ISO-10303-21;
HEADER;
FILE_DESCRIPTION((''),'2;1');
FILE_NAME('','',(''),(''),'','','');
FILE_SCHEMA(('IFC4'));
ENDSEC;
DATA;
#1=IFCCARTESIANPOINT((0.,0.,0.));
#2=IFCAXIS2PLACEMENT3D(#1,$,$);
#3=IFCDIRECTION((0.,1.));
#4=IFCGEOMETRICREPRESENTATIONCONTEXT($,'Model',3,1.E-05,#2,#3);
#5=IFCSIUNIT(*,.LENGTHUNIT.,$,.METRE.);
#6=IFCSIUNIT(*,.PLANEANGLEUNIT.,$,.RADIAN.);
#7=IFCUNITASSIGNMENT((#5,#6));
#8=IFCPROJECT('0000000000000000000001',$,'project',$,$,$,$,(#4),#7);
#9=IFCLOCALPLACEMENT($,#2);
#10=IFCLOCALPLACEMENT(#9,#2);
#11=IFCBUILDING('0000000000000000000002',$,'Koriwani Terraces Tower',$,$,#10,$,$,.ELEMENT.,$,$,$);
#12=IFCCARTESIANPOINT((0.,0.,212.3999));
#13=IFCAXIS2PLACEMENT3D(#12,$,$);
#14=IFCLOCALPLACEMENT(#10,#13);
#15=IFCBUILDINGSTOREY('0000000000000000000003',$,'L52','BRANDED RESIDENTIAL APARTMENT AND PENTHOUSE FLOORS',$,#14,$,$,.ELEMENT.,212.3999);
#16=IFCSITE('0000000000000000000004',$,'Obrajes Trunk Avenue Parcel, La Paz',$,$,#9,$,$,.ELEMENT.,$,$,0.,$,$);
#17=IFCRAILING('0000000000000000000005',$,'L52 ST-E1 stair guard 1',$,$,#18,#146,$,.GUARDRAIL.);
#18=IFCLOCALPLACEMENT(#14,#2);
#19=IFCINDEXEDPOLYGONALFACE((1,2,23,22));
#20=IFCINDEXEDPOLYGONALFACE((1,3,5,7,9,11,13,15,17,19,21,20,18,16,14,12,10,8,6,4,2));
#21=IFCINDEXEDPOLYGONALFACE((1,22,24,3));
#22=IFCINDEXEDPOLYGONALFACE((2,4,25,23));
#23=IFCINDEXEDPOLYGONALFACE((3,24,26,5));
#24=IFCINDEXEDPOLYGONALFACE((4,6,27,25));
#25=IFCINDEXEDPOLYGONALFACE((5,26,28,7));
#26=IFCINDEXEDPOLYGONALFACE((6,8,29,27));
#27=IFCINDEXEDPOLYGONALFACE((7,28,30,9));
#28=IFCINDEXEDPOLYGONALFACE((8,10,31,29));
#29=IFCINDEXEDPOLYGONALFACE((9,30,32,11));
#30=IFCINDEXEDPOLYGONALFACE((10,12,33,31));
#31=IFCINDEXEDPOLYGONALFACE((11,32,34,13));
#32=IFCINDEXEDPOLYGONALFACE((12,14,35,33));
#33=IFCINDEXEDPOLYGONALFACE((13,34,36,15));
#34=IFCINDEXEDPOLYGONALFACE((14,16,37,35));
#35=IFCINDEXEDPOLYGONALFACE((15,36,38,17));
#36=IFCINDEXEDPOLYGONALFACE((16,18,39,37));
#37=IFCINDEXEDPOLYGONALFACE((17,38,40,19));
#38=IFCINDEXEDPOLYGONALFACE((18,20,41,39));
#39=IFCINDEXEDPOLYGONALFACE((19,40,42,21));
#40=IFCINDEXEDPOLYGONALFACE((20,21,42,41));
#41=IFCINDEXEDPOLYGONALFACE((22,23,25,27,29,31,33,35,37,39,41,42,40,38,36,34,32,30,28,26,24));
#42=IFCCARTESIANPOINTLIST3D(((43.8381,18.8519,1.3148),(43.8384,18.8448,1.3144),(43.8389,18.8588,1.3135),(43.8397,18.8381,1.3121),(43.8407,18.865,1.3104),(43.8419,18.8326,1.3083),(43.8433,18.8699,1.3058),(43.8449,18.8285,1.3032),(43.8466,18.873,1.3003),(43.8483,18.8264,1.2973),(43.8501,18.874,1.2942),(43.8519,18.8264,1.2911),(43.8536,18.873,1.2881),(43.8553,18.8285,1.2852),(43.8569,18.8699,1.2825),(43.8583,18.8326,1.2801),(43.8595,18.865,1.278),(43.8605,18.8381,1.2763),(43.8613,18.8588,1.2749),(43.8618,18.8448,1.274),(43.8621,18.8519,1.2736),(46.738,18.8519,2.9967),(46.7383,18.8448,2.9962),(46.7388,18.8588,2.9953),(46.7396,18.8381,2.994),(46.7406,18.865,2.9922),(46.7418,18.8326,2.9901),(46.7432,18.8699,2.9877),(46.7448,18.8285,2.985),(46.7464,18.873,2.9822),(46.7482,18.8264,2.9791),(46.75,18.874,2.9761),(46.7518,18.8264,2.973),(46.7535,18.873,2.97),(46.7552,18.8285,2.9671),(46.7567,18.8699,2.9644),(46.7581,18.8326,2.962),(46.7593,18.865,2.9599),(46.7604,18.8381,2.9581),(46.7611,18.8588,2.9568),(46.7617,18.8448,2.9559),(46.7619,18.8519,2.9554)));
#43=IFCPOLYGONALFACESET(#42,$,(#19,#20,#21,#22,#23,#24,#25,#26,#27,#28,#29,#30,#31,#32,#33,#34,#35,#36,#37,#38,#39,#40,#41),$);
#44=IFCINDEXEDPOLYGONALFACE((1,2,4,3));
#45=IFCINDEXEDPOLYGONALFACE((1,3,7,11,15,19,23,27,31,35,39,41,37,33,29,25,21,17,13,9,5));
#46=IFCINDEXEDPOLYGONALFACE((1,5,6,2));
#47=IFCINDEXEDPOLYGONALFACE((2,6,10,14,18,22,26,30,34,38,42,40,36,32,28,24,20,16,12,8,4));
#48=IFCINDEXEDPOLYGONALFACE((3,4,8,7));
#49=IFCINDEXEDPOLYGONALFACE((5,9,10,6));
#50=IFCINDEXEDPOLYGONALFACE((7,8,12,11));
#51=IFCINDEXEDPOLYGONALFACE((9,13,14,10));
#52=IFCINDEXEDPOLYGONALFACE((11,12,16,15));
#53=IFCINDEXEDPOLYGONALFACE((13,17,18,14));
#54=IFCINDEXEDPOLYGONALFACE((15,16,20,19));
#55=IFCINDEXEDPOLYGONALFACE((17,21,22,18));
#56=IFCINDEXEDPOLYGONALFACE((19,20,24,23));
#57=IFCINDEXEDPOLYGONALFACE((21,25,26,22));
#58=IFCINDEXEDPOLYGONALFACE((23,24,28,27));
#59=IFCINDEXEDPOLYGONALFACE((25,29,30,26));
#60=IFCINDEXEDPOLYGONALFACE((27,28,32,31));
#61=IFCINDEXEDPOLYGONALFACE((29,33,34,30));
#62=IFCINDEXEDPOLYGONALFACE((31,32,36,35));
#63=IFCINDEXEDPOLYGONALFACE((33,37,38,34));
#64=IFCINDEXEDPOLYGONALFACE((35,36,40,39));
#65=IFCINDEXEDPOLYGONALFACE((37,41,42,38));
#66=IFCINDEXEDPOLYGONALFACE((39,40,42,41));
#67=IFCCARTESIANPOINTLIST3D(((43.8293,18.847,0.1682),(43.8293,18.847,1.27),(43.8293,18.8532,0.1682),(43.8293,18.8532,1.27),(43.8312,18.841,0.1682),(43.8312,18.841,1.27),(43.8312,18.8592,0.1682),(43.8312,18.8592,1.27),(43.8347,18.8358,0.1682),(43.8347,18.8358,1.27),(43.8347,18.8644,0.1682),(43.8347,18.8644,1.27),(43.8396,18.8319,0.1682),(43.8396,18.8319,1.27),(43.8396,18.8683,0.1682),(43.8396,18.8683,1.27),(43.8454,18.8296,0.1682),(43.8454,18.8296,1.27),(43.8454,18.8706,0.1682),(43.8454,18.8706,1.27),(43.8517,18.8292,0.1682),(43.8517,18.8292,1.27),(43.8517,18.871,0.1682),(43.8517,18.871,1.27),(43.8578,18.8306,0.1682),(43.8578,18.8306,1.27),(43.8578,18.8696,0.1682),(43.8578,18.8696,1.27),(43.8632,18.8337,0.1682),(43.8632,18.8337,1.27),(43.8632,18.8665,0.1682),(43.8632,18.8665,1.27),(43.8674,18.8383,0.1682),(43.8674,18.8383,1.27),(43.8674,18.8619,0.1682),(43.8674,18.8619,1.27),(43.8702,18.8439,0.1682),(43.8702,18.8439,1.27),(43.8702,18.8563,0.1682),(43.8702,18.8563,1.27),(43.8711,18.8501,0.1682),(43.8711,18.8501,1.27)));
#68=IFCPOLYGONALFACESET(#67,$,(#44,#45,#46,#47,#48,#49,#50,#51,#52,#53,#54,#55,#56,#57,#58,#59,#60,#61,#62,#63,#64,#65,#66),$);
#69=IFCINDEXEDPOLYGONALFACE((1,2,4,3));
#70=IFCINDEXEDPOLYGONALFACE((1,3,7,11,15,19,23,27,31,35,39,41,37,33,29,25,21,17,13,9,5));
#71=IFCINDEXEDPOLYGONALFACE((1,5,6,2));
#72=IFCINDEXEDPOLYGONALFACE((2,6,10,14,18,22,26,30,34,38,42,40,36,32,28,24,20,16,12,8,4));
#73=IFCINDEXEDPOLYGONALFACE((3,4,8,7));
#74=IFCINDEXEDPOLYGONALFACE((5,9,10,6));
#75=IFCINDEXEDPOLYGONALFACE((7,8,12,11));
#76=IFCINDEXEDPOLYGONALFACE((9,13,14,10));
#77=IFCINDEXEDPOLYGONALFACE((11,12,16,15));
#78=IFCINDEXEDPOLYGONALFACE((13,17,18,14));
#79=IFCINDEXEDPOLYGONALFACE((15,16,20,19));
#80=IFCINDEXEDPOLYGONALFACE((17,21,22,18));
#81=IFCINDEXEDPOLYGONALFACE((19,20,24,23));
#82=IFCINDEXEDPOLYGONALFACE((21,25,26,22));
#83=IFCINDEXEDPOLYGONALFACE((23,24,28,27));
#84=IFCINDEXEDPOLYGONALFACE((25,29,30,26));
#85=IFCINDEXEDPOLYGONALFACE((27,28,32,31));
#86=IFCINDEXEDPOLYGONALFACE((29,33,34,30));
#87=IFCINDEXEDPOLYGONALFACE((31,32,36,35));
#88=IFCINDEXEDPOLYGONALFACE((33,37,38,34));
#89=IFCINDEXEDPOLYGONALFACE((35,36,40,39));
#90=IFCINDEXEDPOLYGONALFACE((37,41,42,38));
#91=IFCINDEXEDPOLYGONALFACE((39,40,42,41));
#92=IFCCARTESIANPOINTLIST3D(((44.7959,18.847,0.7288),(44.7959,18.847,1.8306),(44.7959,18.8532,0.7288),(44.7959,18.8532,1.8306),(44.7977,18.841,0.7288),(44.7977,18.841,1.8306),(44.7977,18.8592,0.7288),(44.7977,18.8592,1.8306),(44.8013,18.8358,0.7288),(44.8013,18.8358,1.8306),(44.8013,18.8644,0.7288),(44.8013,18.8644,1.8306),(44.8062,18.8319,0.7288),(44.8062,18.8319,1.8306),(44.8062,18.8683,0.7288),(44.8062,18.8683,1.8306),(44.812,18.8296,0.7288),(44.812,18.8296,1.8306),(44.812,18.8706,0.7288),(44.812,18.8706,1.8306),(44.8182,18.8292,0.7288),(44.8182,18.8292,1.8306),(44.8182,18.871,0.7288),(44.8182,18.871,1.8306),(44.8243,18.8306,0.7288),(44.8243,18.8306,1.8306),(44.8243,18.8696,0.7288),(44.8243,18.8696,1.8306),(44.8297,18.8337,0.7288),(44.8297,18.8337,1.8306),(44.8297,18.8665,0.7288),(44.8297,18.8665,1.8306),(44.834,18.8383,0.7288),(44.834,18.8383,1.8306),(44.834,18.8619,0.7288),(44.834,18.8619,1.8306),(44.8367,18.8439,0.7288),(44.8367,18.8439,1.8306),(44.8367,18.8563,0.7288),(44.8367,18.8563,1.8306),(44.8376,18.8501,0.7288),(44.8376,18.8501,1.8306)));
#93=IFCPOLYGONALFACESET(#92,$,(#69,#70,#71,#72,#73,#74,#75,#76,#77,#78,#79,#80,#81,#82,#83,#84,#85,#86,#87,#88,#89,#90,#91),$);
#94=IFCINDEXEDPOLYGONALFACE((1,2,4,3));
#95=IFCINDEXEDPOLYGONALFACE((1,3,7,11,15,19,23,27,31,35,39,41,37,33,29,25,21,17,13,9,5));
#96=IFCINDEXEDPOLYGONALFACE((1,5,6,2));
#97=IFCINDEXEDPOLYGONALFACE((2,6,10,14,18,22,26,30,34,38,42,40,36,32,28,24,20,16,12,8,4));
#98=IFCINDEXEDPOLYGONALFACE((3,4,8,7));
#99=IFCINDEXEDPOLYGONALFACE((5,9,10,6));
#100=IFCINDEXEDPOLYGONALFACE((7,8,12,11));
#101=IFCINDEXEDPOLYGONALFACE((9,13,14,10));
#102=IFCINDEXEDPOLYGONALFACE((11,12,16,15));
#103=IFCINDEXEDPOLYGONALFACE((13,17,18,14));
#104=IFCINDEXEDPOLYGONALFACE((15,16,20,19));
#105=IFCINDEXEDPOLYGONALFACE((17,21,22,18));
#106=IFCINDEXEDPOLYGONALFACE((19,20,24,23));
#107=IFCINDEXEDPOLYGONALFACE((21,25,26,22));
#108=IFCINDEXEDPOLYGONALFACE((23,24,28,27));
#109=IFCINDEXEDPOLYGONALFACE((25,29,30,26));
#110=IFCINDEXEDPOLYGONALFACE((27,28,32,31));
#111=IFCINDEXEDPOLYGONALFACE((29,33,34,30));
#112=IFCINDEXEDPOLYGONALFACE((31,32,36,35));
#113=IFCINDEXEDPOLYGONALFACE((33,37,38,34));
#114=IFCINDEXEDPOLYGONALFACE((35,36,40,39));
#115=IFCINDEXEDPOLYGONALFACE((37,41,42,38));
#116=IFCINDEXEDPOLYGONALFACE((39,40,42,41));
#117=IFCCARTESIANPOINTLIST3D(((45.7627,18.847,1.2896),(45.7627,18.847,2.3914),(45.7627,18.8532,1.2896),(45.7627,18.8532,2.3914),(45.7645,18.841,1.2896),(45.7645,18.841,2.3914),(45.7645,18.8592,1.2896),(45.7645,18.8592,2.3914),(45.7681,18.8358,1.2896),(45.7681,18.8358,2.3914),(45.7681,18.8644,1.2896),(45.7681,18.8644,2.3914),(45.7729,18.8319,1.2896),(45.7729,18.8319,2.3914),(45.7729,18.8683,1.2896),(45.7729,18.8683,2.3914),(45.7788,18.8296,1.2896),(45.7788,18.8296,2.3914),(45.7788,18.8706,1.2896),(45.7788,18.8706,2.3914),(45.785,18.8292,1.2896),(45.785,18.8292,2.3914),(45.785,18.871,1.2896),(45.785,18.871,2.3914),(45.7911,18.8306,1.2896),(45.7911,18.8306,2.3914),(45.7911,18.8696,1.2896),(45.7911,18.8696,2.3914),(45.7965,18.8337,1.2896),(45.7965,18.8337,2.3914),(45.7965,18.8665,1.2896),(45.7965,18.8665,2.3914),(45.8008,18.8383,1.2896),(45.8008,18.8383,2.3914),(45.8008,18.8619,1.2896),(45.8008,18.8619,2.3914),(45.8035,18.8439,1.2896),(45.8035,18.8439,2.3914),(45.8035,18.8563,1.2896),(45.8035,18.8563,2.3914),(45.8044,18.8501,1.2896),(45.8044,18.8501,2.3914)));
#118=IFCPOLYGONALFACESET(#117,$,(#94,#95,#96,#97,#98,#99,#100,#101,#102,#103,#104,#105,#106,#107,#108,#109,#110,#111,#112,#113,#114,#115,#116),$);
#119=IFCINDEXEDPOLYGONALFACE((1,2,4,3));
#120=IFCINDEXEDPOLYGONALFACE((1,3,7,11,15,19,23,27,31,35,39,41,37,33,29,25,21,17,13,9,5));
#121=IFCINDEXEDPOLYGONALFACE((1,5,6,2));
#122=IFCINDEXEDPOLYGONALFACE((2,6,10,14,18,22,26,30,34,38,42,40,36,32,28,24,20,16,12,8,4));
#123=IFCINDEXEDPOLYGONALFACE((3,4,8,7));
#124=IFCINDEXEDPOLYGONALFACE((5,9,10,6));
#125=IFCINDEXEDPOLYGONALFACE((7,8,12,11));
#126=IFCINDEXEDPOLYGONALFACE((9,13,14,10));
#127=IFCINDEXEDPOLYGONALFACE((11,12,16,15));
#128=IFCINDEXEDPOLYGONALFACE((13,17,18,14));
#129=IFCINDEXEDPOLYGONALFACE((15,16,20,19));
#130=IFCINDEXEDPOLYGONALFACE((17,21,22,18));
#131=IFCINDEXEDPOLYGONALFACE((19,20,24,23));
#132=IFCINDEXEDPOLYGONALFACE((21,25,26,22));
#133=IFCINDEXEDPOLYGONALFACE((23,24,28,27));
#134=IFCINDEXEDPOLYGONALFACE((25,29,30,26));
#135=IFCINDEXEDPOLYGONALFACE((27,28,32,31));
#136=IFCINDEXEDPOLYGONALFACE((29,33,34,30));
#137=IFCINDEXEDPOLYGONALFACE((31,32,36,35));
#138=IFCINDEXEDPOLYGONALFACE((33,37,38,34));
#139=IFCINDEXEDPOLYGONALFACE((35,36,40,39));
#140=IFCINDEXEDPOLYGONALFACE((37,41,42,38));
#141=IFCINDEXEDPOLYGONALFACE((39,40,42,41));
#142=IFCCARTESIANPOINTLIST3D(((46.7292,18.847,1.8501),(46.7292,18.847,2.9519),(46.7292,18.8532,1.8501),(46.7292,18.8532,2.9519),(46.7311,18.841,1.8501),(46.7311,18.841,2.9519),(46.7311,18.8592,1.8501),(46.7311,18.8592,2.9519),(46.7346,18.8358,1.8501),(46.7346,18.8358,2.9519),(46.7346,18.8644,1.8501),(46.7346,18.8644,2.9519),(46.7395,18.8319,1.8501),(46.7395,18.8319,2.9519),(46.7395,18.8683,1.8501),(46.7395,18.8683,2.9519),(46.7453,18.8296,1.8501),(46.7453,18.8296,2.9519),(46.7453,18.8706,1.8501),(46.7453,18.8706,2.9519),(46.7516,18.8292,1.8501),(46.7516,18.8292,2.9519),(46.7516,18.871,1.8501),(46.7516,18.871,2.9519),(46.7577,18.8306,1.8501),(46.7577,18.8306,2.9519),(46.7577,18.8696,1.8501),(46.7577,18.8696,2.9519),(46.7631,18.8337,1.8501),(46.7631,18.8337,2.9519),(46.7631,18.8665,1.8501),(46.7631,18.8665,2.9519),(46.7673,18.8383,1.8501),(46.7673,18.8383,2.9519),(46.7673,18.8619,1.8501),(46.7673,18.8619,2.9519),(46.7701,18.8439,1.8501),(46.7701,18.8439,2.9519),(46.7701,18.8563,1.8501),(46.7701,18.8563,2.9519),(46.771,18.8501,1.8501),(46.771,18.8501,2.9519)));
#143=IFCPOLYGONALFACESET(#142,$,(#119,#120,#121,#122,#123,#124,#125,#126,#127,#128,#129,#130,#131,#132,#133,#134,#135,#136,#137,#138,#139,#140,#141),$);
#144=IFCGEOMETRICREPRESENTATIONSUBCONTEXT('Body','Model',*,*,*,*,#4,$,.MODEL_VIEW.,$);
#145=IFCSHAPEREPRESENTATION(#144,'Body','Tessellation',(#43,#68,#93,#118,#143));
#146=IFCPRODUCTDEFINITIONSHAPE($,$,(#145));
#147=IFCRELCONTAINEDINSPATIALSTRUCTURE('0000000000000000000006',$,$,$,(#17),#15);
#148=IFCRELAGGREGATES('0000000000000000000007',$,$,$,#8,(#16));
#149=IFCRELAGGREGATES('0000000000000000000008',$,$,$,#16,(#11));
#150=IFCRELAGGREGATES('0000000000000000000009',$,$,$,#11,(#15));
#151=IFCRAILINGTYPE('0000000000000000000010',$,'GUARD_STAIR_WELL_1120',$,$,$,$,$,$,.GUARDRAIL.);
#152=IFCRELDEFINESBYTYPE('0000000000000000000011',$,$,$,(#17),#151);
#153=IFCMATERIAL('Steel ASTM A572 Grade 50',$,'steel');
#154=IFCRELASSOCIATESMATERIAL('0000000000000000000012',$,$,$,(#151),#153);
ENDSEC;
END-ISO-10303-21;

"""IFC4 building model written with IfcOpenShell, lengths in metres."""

from ifc_helpers import new_model, si_unit, direction, frame, origin, origin_2d, place, context, subcontext, project, spatial, circle, extrude, material, type_object, element, save


model = new_model("IFC4")

# Units and contexts
model_context = context("Model", 3, precision=1e-05, world=origin(), true_north=direction((0.0, 1.0)))
body_context = subcontext(model_context, "Body", "Model", "MODEL_VIEW")
ifc_project = project(units=[si_unit("LENGTHUNIT", "METRE"), si_unit("PLANEANGLEUNIT", "RADIAN")], contexts=[model_context])

# Site, building, storey
site_placement = place(None, origin())
site = spatial("IfcSite", under=ifc_project, at=site_placement, Name="Obrajes Trunk Avenue Parcel, La Paz", CompositionType="ELEMENT", RefElevation=0.0)
building_placement = place(site_placement, origin())
building = spatial("IfcBuilding", under=site, at=building_placement, Name="Koriwani Terraces Tower", CompositionType="ELEMENT")
storey_placement = place(building_placement, frame((0.0, 0.0, 212.3999)))
storey = spatial("IfcBuildingStorey", under=building, at=storey_placement, Name="L52", Description="BRANDED RESIDENTIAL APARTMENT AND PENTHOUSE FLOORS", CompositionType="ELEMENT", Elevation=212.3999)

# Shared definitions
ifc_material_1 = material(Name="Steel ASTM A572 Grade 50", Category="steel")

# Railing
railing_type_1 = type_object("IfcRailingType", Name="GUARD_STAIR_WELL_1120", PredefinedType="GUARDRAIL", material=ifc_material_1)
railing_1_placement = place(storey_placement, frame((43.8501, 18.8501, 0.1682)))
element("IfcRailing", 1, at=railing_1_placement, inside=storey, type_object=railing_type_1, Name="L52 ST-E1 stair guard 1", PredefinedType="GUARDRAIL", context=body_context, shape_type="SweptSolid", body=[
    extrude(circle(Radius=0.0239, at=origin_2d()), frame((0.0, 0.0, 1.126), z_axis=(0.865039, 0.0, 0.501705), x_axis=(0.0, 1.0, 0.0)), (0.0, 0.0, 1.0), 3.3523),
    extrude(circle(Radius=0.021, at=origin_2d()), origin(), (0.0, 0.0, 1.0), 1.1018),
    extrude(circle(Radius=0.021, at=origin_2d()), frame((0.9666, 0.0, 0.5605)), (0.0, 0.0, 1.0), 1.1018),
    extrude(circle(Radius=0.021, at=origin_2d()), frame((1.9333, 0.0, 1.1213)), (0.0, 0.0, 1.0), 1.1018),
    extrude(circle(Radius=0.021, at=origin_2d()), frame((2.8999, 0.0, 1.6819)), (0.0, 0.0, 1.0), 1.1018),
])

save(model, "model.ifc")
